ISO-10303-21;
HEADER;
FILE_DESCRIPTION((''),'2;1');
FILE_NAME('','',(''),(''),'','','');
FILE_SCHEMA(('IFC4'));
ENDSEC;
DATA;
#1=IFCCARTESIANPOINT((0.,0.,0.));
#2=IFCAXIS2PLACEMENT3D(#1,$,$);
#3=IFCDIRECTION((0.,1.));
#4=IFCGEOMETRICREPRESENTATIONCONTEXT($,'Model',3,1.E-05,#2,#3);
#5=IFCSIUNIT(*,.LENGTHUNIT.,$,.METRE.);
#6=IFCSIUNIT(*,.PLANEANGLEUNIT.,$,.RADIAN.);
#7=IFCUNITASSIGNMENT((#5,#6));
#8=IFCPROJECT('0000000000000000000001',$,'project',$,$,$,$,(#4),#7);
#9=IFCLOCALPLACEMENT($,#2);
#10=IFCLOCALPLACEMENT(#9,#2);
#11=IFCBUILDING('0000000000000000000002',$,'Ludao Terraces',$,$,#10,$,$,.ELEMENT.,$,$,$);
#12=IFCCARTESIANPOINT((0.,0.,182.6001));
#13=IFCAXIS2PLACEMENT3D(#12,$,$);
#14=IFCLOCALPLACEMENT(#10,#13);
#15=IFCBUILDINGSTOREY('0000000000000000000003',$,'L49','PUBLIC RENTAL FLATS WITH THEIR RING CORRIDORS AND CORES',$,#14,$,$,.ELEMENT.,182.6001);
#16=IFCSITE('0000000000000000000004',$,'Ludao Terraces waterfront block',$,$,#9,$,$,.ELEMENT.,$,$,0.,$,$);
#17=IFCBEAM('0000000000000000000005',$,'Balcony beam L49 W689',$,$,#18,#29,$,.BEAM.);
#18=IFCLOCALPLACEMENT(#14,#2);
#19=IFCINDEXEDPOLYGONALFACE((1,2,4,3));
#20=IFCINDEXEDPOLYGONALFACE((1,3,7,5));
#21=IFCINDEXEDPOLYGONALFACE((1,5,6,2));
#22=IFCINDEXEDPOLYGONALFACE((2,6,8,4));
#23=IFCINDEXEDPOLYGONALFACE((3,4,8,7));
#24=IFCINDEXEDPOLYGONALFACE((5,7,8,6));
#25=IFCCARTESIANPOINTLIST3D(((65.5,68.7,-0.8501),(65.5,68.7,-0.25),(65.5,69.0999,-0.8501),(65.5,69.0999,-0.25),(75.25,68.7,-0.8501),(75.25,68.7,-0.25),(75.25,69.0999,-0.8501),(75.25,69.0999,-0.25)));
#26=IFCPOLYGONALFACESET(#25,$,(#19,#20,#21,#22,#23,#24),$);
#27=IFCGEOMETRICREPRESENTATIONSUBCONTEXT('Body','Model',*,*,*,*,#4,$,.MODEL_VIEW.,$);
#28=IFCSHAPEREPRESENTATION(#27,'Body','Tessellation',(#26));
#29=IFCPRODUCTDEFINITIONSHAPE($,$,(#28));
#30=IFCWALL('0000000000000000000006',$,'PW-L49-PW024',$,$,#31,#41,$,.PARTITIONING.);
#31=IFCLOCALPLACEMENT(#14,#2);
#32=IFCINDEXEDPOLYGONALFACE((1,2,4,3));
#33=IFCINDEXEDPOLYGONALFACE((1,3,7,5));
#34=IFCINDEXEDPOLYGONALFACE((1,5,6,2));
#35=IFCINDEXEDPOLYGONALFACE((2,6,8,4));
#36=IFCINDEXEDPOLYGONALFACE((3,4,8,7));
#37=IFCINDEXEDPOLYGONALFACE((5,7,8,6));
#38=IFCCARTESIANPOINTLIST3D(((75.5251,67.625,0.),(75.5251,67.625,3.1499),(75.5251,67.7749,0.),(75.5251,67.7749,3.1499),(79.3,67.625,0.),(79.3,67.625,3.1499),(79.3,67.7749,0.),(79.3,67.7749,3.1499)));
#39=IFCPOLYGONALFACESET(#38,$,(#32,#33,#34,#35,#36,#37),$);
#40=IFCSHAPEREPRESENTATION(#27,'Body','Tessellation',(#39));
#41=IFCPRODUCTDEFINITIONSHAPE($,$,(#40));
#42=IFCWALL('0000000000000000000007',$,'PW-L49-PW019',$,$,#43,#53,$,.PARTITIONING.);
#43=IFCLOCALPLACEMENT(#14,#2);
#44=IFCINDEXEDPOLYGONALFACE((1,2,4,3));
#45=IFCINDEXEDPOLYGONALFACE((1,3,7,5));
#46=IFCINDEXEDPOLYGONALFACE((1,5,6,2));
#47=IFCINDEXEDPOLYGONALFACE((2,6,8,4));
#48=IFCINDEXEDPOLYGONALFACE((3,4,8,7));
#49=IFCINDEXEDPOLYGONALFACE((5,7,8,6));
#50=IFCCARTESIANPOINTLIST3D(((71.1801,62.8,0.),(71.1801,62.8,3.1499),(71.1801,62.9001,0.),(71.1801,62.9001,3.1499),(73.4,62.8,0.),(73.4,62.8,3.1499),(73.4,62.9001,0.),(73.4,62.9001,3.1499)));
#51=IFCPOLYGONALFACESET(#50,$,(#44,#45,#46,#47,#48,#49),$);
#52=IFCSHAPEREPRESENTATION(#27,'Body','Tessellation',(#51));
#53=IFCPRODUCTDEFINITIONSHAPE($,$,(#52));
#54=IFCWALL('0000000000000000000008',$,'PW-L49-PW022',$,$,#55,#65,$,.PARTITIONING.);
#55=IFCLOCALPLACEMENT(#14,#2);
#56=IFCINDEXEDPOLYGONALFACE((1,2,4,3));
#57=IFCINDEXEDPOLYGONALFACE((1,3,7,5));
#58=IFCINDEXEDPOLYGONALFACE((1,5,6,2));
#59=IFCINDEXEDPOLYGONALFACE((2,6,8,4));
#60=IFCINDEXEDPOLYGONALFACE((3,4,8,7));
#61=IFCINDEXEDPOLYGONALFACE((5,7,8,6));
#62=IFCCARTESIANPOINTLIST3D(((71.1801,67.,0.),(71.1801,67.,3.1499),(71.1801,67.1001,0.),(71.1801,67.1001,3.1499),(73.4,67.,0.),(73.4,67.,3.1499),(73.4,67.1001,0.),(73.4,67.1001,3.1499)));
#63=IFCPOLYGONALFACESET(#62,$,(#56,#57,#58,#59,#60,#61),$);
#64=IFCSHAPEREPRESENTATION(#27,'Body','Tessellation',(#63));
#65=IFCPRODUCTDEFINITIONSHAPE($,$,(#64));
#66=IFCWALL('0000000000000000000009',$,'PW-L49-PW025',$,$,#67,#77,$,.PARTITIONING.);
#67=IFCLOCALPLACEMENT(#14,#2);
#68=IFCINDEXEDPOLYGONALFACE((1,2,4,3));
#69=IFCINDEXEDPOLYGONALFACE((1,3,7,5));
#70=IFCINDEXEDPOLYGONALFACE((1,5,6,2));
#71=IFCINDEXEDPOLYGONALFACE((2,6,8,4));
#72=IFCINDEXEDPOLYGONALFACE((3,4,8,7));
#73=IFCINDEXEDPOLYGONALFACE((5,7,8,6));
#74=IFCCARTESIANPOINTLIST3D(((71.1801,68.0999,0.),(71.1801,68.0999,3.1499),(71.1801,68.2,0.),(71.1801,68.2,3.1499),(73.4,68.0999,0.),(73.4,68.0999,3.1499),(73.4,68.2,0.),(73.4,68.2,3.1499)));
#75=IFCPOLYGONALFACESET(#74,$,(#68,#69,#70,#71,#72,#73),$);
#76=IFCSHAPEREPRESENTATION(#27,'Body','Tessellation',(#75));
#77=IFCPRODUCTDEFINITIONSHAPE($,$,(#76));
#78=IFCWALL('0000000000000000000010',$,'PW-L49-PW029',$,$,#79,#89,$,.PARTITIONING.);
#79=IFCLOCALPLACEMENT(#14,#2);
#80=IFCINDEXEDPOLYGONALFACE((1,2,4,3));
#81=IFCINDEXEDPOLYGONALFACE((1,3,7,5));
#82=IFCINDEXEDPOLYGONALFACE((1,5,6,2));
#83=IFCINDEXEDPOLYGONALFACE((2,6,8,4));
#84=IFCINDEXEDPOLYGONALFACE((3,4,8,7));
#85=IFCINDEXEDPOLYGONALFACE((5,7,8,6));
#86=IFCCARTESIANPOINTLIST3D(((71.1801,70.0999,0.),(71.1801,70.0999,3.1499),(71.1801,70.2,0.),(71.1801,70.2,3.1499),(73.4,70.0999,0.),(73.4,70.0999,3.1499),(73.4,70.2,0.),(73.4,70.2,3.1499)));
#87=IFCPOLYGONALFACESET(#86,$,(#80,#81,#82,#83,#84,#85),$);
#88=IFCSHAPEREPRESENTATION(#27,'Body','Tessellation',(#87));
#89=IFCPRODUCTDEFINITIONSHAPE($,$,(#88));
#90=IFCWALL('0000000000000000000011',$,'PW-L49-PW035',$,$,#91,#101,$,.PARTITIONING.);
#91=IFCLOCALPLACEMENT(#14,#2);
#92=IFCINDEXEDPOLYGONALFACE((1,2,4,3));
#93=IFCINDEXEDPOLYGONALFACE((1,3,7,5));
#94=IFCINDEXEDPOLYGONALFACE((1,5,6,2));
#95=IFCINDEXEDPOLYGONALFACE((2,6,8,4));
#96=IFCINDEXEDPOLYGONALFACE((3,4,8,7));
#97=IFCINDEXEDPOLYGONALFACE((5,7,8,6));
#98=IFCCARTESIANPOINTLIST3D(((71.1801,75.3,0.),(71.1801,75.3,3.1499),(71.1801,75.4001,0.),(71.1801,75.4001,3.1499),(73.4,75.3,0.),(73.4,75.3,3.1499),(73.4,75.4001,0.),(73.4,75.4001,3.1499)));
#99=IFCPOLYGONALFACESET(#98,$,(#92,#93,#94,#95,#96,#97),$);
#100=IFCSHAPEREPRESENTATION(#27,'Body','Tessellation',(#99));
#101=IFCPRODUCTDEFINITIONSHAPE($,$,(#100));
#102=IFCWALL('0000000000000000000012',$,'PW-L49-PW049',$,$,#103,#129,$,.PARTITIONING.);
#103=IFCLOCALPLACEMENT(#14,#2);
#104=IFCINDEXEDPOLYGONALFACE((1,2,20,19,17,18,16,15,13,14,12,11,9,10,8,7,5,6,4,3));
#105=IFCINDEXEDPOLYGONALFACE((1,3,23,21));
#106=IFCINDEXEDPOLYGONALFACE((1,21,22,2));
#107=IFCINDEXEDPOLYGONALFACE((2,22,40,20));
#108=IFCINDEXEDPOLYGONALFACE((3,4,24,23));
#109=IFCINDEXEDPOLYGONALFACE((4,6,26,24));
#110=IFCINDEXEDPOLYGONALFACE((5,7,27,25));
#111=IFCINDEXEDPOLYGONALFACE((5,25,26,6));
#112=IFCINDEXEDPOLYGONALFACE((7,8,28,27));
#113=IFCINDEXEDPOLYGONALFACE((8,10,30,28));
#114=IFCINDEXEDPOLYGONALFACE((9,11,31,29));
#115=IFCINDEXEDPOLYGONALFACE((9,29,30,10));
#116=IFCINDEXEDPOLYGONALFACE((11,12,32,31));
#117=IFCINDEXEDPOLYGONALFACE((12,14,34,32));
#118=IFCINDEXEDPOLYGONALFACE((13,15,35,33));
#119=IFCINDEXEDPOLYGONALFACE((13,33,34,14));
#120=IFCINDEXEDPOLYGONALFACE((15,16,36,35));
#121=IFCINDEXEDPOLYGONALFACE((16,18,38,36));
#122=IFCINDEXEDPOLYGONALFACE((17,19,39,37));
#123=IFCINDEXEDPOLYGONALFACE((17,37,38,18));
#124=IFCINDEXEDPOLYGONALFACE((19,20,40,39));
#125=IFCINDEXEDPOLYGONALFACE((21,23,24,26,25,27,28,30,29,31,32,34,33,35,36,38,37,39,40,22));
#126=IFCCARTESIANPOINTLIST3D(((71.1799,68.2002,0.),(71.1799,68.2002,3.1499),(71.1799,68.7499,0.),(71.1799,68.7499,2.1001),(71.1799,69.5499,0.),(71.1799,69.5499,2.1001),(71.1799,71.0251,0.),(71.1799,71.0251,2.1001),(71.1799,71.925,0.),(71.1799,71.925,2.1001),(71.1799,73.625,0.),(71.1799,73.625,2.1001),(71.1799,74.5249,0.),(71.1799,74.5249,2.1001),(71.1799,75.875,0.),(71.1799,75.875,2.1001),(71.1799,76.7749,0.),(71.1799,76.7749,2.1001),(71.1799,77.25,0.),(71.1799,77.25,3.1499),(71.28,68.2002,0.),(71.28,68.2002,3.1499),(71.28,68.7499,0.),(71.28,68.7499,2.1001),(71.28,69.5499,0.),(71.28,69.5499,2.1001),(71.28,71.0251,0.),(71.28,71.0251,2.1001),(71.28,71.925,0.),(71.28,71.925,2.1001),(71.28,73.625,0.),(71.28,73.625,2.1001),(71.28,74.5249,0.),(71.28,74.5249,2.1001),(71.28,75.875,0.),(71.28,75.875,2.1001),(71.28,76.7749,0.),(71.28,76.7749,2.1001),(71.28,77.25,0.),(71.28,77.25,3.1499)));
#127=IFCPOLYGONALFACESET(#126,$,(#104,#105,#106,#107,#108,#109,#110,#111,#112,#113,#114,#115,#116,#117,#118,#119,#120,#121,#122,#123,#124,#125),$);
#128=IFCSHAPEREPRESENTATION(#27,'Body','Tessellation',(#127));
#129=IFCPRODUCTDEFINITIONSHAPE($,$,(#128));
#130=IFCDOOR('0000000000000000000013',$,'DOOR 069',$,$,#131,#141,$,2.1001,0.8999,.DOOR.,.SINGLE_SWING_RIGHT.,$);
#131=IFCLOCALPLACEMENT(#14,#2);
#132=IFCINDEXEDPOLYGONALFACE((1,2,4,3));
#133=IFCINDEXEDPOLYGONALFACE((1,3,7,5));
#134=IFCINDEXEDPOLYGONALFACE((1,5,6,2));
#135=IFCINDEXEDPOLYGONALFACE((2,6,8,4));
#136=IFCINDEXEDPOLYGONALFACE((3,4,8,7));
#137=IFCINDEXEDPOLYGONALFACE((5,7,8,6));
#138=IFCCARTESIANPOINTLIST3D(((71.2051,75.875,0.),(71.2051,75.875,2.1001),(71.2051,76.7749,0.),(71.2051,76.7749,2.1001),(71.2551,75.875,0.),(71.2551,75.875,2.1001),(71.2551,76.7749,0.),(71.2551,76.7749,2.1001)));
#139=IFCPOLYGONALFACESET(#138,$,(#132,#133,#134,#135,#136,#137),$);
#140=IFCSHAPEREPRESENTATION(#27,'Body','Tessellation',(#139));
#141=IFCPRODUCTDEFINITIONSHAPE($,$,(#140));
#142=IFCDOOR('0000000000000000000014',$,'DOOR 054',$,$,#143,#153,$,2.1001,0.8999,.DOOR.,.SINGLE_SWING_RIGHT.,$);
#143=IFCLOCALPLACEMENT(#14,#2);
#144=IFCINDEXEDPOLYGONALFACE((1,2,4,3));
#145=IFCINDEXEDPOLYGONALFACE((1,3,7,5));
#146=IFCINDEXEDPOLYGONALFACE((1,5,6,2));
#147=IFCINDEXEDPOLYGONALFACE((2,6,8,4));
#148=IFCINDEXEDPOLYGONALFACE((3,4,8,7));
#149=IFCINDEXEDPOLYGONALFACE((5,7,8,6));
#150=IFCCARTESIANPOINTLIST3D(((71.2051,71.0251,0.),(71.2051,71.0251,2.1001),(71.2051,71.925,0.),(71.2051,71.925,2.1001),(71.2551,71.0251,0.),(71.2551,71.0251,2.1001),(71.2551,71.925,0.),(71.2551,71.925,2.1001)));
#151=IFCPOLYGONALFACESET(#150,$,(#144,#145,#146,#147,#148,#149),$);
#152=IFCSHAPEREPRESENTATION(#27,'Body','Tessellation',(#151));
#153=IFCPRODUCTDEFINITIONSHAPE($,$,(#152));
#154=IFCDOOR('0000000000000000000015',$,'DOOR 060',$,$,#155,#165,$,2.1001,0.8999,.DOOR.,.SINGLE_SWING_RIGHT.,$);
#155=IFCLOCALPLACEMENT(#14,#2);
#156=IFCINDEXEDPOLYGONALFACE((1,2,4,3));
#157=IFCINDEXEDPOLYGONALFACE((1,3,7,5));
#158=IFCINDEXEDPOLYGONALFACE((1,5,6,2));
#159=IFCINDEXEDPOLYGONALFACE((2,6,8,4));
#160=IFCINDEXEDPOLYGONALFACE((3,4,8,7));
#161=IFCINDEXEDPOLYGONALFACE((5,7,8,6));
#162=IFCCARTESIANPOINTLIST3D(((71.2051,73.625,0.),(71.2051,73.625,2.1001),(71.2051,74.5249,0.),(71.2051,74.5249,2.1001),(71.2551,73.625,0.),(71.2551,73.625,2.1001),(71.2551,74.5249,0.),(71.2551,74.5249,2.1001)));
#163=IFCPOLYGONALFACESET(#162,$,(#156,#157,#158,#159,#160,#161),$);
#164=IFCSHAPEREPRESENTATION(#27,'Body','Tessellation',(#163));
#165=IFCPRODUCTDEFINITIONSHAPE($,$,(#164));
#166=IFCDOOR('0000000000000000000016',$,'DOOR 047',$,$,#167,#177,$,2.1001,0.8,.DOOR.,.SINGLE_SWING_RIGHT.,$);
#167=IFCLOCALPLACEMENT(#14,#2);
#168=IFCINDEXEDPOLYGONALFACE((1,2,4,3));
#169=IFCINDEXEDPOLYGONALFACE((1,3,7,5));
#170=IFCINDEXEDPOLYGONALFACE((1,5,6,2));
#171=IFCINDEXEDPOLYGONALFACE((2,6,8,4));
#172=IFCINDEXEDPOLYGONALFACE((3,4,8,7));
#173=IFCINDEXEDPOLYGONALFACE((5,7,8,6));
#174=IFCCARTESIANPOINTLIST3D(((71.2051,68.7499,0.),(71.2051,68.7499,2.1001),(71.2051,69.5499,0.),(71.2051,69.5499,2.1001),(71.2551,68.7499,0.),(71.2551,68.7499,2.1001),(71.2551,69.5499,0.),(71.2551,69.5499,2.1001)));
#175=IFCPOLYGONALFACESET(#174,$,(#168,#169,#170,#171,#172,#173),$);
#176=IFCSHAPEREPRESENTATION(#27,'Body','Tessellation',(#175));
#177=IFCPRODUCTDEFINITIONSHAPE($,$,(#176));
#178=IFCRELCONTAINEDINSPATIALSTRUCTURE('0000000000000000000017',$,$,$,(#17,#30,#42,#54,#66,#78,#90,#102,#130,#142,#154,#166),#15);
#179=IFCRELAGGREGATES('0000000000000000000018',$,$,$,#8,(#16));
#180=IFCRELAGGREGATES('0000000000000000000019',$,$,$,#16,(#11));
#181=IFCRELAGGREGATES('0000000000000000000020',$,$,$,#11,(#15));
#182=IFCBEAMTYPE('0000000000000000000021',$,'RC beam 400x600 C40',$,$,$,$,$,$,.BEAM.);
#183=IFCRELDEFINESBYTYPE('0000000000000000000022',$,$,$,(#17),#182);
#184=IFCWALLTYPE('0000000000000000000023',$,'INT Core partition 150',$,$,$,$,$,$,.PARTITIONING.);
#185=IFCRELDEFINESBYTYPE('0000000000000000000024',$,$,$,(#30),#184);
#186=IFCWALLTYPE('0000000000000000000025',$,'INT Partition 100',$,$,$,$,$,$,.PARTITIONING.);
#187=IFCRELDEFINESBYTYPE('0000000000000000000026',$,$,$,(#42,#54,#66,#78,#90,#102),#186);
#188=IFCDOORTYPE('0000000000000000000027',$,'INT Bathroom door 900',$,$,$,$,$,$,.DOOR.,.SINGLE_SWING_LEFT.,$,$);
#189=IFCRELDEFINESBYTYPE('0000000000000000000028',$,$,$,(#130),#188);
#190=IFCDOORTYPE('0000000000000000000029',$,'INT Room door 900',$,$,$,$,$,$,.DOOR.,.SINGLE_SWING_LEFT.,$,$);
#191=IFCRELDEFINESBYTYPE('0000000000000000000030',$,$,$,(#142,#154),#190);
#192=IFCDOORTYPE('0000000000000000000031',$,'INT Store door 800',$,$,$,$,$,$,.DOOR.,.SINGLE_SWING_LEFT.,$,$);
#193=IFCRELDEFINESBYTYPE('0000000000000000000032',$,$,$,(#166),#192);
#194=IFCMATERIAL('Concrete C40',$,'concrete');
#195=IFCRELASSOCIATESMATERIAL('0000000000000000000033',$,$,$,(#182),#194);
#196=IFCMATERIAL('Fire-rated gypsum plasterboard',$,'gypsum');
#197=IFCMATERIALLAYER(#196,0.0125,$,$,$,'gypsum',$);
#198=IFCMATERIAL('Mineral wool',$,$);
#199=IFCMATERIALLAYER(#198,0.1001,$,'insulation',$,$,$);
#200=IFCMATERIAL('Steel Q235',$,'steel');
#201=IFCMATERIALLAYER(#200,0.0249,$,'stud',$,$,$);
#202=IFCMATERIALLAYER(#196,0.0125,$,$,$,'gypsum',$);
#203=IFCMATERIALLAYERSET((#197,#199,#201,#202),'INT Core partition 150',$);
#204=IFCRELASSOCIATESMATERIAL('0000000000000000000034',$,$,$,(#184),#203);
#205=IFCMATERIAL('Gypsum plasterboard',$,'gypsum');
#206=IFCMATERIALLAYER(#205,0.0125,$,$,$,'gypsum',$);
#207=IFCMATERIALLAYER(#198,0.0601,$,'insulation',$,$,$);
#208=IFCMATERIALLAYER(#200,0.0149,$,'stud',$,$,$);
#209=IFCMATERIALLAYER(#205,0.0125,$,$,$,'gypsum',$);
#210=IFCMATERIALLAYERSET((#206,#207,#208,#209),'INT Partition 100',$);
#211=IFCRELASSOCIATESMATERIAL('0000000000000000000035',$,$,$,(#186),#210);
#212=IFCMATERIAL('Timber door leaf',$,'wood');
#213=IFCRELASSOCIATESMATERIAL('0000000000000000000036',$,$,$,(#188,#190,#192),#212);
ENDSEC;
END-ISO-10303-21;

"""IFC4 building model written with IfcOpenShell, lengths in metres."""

from ifc_helpers import new_model, si_unit, direction, frame, frame_2d, origin, origin_2d, place, context, subcontext, project, spatial, rectangle, extrude, material, layer, layer_set, material_profile, profile_set, type_object, element, fill, save


model = new_model("IFC4")

# Units and contexts
model_context = context("Model", 3, precision=1e-05, world=origin(), true_north=direction((0.0, 1.0)))
body_context = subcontext(model_context, "Body", "Model", "MODEL_VIEW")
ifc_project = project(units=[si_unit("LENGTHUNIT", "METRE"), si_unit("PLANEANGLEUNIT", "RADIAN")], contexts=[model_context])

# Site, building, storey
site_placement = place(None, origin())
site = spatial("IfcSite", under=ifc_project, at=site_placement, Name="Ludao Terraces waterfront block", CompositionType="ELEMENT", RefElevation=0.0)
building_placement = place(site_placement, origin())
building = spatial("IfcBuilding", under=site, at=building_placement, Name="Ludao Terraces", CompositionType="ELEMENT")
storey_placement = place(building_placement, frame((0.0, 0.0, 182.6001)))
storey = spatial("IfcBuildingStorey", under=building, at=storey_placement, Name="L49", Description="PUBLIC RENTAL FLATS WITH THEIR RING CORRIDORS AND CORES", CompositionType="ELEMENT", Elevation=182.6001)

# Beam
ifc_material_1 = material(Name="Concrete C40", Category="concrete")
ifc_material_profile = material_profile(ifc_material_1, rectangle(XDim=0.3999, YDim=0.6001, at=origin_2d()), Name="400 X 600")
ifc_profile_set = profile_set([ifc_material_profile], Name="Concrete C40")
beam_type = type_object("IfcBeamType", Name="RC beam 400x600 C40", PredefinedType="BEAM", material=ifc_profile_set)
beam_placement = place(storey_placement, frame((75.25, 68.8999, -0.55), z_axis=(-1.0, 0.0, 0.0), x_axis=(0.0, -1.0, 0.0)))
element("IfcBeam", 1, at=beam_placement, inside=storey, type_object=beam_type, Name="Balcony beam L49 W689", PredefinedType="BEAM", context=body_context, shape_type="SweptSolid", body=[
    extrude(rectangle(XDim=0.3999, YDim=0.6001, at=origin_2d()), origin(), (0.0, 0.0, 1.0), 9.75),
])

# Walls
ifc_material_2 = material(Name="Fire-rated gypsum plasterboard", Category="gypsum")
ifc_layer_1 = layer(ifc_material_2, 0.0125, Category="gypsum")
ifc_material_3 = material(Name="Mineral wool")
ifc_layer_2 = layer(ifc_material_3, 0.1001, Name="insulation")
ifc_material_4 = material(Name="Steel Q235", Category="steel")
ifc_layer_3 = layer(ifc_material_4, 0.0249, Name="stud")
ifc_layer_4 = layer(ifc_material_2, 0.0125, Category="gypsum")
ifc_layer_set_1 = layer_set([ifc_layer_1, ifc_layer_2, ifc_layer_3, ifc_layer_4], Name="INT Core partition 150")
wall_type_1 = type_object("IfcWallType", Name="INT Core partition 150", PredefinedType="PARTITIONING", material=ifc_layer_set_1)
wall_1_placement = place(storey_placement, frame((75.5251, 67.7, 0.0), z_axis=(0.0, 0.0, 1.0), x_axis=(1.0, 0.0, 0.0)))
element("IfcWall", 2, at=wall_1_placement, inside=storey, type_object=wall_type_1, Name="PW-L49-PW024", PredefinedType="PARTITIONING", context=body_context, shape_type="SweptSolid", body=[
    extrude(rectangle(XDim=3.7749, YDim=0.1499, at=frame_2d((1.8875, 0.0))), origin(), (0.0, 0.0, 1.0), 3.1499),
])
ifc_material_5 = material(Name="Gypsum plasterboard", Category="gypsum")
ifc_layer_5 = layer(ifc_material_5, 0.0125, Category="gypsum")
ifc_layer_6 = layer(ifc_material_3, 0.0601, Name="insulation")
ifc_layer_7 = layer(ifc_material_4, 0.0149, Name="stud")
ifc_layer_8 = layer(ifc_material_5, 0.0125, Category="gypsum")
ifc_layer_set_2 = layer_set([ifc_layer_5, ifc_layer_6, ifc_layer_7, ifc_layer_8], Name="INT Partition 100")
wall_type_2 = type_object("IfcWallType", Name="INT Partition 100", PredefinedType="PARTITIONING", material=ifc_layer_set_2)
for number, where, z_axis, x_axis, name in (
    (3, (71.1802, 62.8501, 0.0), (0.0, 0.0, 1.0), (1.0, 0.0, 0.0), "PW-L49-PW019"),
    (4, (71.1802, 67.05, 0.0), (0.0, 0.0, 1.0), (1.0, 0.0, 0.0), "PW-L49-PW022"),
    (5, (71.1802, 68.1499, 0.0), (0.0, 0.0, 1.0), (1.0, 0.0, 0.0), "PW-L49-PW025"),
    (6, (71.1802, 70.1499, 0.0), (0.0, 0.0, 1.0), (1.0, 0.0, 0.0), "PW-L49-PW029"),
    (7, (71.1802, 75.3501, 0.0), (0.0, 0.0, 1.0), (1.0, 0.0, 0.0), "PW-L49-PW035"),
):
    element("IfcWall", number, at=place(storey_placement, frame(where, z_axis=z_axis, x_axis=x_axis)), inside=storey, type_object=wall_type_2, Name=name, PredefinedType="PARTITIONING", context=body_context, shape_type="SweptSolid", body=[
        extrude(rectangle(XDim=2.22, YDim=0.1001, at=frame_2d((1.1099, 0.0))), origin(), (0.0, 0.0, 1.0), 3.1499),
    ])

# Wall, openings, doors
wall_2_placement = place(storey_placement, frame((71.23, 68.2002, 0.0), z_axis=(0.0, 0.0, 1.0), x_axis=(0.0, 1.0, 0.0)))
wall_2 = element("IfcWall", 8, at=wall_2_placement, inside=storey, type_object=wall_type_2, Name="PW-L49-PW049", PredefinedType="PARTITIONING", context=body_context, shape_type="SweptSolid", body=[
    extrude(rectangle(XDim=9.0498, YDim=0.1001, at=frame_2d((4.5249, 0.0))), origin(), (0.0, 0.0, 1.0), 3.1499),
])
opening_1_placement = place(wall_2_placement, frame((0.5498, 0.0, 0.0)))
opening_1 = element("IfcOpeningElement", 9, at=opening_1_placement, cuts=wall_2, PredefinedType="OPENING", context=body_context, shape_type="SweptSolid", body=[
    extrude(rectangle(XDim=0.8, YDim=2.1001, at=frame_2d((0.3999, 1.05))), frame((0.0, 0.0601, 0.0), z_axis=(0.0, -1.0, 0.0), x_axis=(1.0, 0.0, 0.0)), (0.0, 0.0, 1.0), 0.1201),
])
opening_2_placement = place(wall_2_placement, frame((2.825, 0.0, 0.0)))
opening_2 = element("IfcOpeningElement", 10, at=opening_2_placement, cuts=wall_2, PredefinedType="OPENING", context=body_context, shape_type="SweptSolid", body=[
    extrude(rectangle(XDim=0.8999, YDim=2.1001, at=frame_2d((0.45, 1.05))), frame((0.0, 0.0601, 0.0), z_axis=(0.0, -1.0, 0.0), x_axis=(1.0, 0.0, 0.0)), (0.0, 0.0, 1.0), 0.1201),
])
opening_3_placement = place(wall_2_placement, frame((5.4248, 0.0, 0.0)))
opening_3 = element("IfcOpeningElement", 11, at=opening_3_placement, cuts=wall_2, PredefinedType="OPENING", context=body_context, shape_type="SweptSolid", body=[
    extrude(rectangle(XDim=0.8999, YDim=2.1001, at=frame_2d((0.45, 1.05))), frame((0.0, 0.0601, 0.0), z_axis=(0.0, -1.0, 0.0), x_axis=(1.0, 0.0, 0.0)), (0.0, 0.0, 1.0), 0.1201),
])
opening_4_placement = place(wall_2_placement, frame((7.6748, 0.0, 0.0)))
opening_4 = element("IfcOpeningElement", 12, at=opening_4_placement, cuts=wall_2, PredefinedType="OPENING", context=body_context, shape_type="SweptSolid", body=[
    extrude(rectangle(XDim=0.8999, YDim=2.1001, at=frame_2d((0.45, 1.05))), frame((0.0, 0.0601, 0.0), z_axis=(0.0, -1.0, 0.0), x_axis=(1.0, 0.0, 0.0)), (0.0, 0.0, 1.0), 0.1201),
])
ifc_material_6 = material(Name="Timber door leaf", Category="wood")
door_type_1 = type_object("IfcDoorType", Name="INT Bathroom door 900", OperationType="SINGLE_SWING_LEFT", PredefinedType="DOOR", material=ifc_material_6)
door_1_placement = place(opening_4_placement, origin())
door_1 = element("IfcDoor", 13, at=door_1_placement, inside=storey, type_object=door_type_1, Name="DOOR 069", OperationType="SINGLE_SWING_RIGHT", OverallHeight=2.1001, OverallWidth=0.8999, PredefinedType="DOOR", context=body_context, shape_type="SweptSolid", body=[
    extrude(rectangle(XDim=0.8999, YDim=2.1001, at=frame_2d((0.45, 1.05))), frame((0.0, 0.0249, 0.0), z_axis=(0.0, -1.0, 0.0), x_axis=(1.0, 0.0, 0.0)), (0.0, 0.0, 1.0), 0.05),
])
fill(opening_4, door_1)
door_type_2 = type_object("IfcDoorType", Name="INT Room door 900", OperationType="SINGLE_SWING_LEFT", PredefinedType="DOOR", material=ifc_material_6)
door_2_placement = place(opening_2_placement, origin())
door_2 = element("IfcDoor", 14, at=door_2_placement, inside=storey, type_object=door_type_2, Name="DOOR 054", OperationType="SINGLE_SWING_RIGHT", OverallHeight=2.1001, OverallWidth=0.8999, PredefinedType="DOOR", context=body_context, shape_type="SweptSolid", body=[
    extrude(rectangle(XDim=0.8999, YDim=2.1001, at=frame_2d((0.45, 1.05))), frame((0.0, 0.0249, 0.0), z_axis=(0.0, -1.0, 0.0), x_axis=(1.0, 0.0, 0.0)), (0.0, 0.0, 1.0), 0.05),
])
fill(opening_2, door_2)
door_3_placement = place(opening_3_placement, origin())
door_3 = element("IfcDoor", 15, at=door_3_placement, inside=storey, type_object=door_type_2, Name="DOOR 060", OperationType="SINGLE_SWING_RIGHT", OverallHeight=2.1001, OverallWidth=0.8999, PredefinedType="DOOR", context=body_context, shape_type="SweptSolid", body=[
    extrude(rectangle(XDim=0.8999, YDim=2.1001, at=frame_2d((0.45, 1.05))), frame((0.0, 0.0249, 0.0), z_axis=(0.0, -1.0, 0.0), x_axis=(1.0, 0.0, 0.0)), (0.0, 0.0, 1.0), 0.05),
])
fill(opening_3, door_3)
door_type_3 = type_object("IfcDoorType", Name="INT Store door 800", OperationType="SINGLE_SWING_LEFT", PredefinedType="DOOR", material=ifc_material_6)
door_4_placement = place(opening_1_placement, origin())
door_4 = element("IfcDoor", 16, at=door_4_placement, inside=storey, type_object=door_type_3, Name="DOOR 047", OperationType="SINGLE_SWING_RIGHT", OverallHeight=2.1001, OverallWidth=0.8, PredefinedType="DOOR", context=body_context, shape_type="SweptSolid", body=[
    extrude(rectangle(XDim=0.8, YDim=2.1001, at=frame_2d((0.3999, 1.05))), frame((0.0, 0.0249, 0.0), z_axis=(0.0, -1.0, 0.0), x_axis=(1.0, 0.0, 0.0)), (0.0, 0.0, 1.0), 0.05),
])
fill(opening_1, door_4)

save(model, "model.ifc")
